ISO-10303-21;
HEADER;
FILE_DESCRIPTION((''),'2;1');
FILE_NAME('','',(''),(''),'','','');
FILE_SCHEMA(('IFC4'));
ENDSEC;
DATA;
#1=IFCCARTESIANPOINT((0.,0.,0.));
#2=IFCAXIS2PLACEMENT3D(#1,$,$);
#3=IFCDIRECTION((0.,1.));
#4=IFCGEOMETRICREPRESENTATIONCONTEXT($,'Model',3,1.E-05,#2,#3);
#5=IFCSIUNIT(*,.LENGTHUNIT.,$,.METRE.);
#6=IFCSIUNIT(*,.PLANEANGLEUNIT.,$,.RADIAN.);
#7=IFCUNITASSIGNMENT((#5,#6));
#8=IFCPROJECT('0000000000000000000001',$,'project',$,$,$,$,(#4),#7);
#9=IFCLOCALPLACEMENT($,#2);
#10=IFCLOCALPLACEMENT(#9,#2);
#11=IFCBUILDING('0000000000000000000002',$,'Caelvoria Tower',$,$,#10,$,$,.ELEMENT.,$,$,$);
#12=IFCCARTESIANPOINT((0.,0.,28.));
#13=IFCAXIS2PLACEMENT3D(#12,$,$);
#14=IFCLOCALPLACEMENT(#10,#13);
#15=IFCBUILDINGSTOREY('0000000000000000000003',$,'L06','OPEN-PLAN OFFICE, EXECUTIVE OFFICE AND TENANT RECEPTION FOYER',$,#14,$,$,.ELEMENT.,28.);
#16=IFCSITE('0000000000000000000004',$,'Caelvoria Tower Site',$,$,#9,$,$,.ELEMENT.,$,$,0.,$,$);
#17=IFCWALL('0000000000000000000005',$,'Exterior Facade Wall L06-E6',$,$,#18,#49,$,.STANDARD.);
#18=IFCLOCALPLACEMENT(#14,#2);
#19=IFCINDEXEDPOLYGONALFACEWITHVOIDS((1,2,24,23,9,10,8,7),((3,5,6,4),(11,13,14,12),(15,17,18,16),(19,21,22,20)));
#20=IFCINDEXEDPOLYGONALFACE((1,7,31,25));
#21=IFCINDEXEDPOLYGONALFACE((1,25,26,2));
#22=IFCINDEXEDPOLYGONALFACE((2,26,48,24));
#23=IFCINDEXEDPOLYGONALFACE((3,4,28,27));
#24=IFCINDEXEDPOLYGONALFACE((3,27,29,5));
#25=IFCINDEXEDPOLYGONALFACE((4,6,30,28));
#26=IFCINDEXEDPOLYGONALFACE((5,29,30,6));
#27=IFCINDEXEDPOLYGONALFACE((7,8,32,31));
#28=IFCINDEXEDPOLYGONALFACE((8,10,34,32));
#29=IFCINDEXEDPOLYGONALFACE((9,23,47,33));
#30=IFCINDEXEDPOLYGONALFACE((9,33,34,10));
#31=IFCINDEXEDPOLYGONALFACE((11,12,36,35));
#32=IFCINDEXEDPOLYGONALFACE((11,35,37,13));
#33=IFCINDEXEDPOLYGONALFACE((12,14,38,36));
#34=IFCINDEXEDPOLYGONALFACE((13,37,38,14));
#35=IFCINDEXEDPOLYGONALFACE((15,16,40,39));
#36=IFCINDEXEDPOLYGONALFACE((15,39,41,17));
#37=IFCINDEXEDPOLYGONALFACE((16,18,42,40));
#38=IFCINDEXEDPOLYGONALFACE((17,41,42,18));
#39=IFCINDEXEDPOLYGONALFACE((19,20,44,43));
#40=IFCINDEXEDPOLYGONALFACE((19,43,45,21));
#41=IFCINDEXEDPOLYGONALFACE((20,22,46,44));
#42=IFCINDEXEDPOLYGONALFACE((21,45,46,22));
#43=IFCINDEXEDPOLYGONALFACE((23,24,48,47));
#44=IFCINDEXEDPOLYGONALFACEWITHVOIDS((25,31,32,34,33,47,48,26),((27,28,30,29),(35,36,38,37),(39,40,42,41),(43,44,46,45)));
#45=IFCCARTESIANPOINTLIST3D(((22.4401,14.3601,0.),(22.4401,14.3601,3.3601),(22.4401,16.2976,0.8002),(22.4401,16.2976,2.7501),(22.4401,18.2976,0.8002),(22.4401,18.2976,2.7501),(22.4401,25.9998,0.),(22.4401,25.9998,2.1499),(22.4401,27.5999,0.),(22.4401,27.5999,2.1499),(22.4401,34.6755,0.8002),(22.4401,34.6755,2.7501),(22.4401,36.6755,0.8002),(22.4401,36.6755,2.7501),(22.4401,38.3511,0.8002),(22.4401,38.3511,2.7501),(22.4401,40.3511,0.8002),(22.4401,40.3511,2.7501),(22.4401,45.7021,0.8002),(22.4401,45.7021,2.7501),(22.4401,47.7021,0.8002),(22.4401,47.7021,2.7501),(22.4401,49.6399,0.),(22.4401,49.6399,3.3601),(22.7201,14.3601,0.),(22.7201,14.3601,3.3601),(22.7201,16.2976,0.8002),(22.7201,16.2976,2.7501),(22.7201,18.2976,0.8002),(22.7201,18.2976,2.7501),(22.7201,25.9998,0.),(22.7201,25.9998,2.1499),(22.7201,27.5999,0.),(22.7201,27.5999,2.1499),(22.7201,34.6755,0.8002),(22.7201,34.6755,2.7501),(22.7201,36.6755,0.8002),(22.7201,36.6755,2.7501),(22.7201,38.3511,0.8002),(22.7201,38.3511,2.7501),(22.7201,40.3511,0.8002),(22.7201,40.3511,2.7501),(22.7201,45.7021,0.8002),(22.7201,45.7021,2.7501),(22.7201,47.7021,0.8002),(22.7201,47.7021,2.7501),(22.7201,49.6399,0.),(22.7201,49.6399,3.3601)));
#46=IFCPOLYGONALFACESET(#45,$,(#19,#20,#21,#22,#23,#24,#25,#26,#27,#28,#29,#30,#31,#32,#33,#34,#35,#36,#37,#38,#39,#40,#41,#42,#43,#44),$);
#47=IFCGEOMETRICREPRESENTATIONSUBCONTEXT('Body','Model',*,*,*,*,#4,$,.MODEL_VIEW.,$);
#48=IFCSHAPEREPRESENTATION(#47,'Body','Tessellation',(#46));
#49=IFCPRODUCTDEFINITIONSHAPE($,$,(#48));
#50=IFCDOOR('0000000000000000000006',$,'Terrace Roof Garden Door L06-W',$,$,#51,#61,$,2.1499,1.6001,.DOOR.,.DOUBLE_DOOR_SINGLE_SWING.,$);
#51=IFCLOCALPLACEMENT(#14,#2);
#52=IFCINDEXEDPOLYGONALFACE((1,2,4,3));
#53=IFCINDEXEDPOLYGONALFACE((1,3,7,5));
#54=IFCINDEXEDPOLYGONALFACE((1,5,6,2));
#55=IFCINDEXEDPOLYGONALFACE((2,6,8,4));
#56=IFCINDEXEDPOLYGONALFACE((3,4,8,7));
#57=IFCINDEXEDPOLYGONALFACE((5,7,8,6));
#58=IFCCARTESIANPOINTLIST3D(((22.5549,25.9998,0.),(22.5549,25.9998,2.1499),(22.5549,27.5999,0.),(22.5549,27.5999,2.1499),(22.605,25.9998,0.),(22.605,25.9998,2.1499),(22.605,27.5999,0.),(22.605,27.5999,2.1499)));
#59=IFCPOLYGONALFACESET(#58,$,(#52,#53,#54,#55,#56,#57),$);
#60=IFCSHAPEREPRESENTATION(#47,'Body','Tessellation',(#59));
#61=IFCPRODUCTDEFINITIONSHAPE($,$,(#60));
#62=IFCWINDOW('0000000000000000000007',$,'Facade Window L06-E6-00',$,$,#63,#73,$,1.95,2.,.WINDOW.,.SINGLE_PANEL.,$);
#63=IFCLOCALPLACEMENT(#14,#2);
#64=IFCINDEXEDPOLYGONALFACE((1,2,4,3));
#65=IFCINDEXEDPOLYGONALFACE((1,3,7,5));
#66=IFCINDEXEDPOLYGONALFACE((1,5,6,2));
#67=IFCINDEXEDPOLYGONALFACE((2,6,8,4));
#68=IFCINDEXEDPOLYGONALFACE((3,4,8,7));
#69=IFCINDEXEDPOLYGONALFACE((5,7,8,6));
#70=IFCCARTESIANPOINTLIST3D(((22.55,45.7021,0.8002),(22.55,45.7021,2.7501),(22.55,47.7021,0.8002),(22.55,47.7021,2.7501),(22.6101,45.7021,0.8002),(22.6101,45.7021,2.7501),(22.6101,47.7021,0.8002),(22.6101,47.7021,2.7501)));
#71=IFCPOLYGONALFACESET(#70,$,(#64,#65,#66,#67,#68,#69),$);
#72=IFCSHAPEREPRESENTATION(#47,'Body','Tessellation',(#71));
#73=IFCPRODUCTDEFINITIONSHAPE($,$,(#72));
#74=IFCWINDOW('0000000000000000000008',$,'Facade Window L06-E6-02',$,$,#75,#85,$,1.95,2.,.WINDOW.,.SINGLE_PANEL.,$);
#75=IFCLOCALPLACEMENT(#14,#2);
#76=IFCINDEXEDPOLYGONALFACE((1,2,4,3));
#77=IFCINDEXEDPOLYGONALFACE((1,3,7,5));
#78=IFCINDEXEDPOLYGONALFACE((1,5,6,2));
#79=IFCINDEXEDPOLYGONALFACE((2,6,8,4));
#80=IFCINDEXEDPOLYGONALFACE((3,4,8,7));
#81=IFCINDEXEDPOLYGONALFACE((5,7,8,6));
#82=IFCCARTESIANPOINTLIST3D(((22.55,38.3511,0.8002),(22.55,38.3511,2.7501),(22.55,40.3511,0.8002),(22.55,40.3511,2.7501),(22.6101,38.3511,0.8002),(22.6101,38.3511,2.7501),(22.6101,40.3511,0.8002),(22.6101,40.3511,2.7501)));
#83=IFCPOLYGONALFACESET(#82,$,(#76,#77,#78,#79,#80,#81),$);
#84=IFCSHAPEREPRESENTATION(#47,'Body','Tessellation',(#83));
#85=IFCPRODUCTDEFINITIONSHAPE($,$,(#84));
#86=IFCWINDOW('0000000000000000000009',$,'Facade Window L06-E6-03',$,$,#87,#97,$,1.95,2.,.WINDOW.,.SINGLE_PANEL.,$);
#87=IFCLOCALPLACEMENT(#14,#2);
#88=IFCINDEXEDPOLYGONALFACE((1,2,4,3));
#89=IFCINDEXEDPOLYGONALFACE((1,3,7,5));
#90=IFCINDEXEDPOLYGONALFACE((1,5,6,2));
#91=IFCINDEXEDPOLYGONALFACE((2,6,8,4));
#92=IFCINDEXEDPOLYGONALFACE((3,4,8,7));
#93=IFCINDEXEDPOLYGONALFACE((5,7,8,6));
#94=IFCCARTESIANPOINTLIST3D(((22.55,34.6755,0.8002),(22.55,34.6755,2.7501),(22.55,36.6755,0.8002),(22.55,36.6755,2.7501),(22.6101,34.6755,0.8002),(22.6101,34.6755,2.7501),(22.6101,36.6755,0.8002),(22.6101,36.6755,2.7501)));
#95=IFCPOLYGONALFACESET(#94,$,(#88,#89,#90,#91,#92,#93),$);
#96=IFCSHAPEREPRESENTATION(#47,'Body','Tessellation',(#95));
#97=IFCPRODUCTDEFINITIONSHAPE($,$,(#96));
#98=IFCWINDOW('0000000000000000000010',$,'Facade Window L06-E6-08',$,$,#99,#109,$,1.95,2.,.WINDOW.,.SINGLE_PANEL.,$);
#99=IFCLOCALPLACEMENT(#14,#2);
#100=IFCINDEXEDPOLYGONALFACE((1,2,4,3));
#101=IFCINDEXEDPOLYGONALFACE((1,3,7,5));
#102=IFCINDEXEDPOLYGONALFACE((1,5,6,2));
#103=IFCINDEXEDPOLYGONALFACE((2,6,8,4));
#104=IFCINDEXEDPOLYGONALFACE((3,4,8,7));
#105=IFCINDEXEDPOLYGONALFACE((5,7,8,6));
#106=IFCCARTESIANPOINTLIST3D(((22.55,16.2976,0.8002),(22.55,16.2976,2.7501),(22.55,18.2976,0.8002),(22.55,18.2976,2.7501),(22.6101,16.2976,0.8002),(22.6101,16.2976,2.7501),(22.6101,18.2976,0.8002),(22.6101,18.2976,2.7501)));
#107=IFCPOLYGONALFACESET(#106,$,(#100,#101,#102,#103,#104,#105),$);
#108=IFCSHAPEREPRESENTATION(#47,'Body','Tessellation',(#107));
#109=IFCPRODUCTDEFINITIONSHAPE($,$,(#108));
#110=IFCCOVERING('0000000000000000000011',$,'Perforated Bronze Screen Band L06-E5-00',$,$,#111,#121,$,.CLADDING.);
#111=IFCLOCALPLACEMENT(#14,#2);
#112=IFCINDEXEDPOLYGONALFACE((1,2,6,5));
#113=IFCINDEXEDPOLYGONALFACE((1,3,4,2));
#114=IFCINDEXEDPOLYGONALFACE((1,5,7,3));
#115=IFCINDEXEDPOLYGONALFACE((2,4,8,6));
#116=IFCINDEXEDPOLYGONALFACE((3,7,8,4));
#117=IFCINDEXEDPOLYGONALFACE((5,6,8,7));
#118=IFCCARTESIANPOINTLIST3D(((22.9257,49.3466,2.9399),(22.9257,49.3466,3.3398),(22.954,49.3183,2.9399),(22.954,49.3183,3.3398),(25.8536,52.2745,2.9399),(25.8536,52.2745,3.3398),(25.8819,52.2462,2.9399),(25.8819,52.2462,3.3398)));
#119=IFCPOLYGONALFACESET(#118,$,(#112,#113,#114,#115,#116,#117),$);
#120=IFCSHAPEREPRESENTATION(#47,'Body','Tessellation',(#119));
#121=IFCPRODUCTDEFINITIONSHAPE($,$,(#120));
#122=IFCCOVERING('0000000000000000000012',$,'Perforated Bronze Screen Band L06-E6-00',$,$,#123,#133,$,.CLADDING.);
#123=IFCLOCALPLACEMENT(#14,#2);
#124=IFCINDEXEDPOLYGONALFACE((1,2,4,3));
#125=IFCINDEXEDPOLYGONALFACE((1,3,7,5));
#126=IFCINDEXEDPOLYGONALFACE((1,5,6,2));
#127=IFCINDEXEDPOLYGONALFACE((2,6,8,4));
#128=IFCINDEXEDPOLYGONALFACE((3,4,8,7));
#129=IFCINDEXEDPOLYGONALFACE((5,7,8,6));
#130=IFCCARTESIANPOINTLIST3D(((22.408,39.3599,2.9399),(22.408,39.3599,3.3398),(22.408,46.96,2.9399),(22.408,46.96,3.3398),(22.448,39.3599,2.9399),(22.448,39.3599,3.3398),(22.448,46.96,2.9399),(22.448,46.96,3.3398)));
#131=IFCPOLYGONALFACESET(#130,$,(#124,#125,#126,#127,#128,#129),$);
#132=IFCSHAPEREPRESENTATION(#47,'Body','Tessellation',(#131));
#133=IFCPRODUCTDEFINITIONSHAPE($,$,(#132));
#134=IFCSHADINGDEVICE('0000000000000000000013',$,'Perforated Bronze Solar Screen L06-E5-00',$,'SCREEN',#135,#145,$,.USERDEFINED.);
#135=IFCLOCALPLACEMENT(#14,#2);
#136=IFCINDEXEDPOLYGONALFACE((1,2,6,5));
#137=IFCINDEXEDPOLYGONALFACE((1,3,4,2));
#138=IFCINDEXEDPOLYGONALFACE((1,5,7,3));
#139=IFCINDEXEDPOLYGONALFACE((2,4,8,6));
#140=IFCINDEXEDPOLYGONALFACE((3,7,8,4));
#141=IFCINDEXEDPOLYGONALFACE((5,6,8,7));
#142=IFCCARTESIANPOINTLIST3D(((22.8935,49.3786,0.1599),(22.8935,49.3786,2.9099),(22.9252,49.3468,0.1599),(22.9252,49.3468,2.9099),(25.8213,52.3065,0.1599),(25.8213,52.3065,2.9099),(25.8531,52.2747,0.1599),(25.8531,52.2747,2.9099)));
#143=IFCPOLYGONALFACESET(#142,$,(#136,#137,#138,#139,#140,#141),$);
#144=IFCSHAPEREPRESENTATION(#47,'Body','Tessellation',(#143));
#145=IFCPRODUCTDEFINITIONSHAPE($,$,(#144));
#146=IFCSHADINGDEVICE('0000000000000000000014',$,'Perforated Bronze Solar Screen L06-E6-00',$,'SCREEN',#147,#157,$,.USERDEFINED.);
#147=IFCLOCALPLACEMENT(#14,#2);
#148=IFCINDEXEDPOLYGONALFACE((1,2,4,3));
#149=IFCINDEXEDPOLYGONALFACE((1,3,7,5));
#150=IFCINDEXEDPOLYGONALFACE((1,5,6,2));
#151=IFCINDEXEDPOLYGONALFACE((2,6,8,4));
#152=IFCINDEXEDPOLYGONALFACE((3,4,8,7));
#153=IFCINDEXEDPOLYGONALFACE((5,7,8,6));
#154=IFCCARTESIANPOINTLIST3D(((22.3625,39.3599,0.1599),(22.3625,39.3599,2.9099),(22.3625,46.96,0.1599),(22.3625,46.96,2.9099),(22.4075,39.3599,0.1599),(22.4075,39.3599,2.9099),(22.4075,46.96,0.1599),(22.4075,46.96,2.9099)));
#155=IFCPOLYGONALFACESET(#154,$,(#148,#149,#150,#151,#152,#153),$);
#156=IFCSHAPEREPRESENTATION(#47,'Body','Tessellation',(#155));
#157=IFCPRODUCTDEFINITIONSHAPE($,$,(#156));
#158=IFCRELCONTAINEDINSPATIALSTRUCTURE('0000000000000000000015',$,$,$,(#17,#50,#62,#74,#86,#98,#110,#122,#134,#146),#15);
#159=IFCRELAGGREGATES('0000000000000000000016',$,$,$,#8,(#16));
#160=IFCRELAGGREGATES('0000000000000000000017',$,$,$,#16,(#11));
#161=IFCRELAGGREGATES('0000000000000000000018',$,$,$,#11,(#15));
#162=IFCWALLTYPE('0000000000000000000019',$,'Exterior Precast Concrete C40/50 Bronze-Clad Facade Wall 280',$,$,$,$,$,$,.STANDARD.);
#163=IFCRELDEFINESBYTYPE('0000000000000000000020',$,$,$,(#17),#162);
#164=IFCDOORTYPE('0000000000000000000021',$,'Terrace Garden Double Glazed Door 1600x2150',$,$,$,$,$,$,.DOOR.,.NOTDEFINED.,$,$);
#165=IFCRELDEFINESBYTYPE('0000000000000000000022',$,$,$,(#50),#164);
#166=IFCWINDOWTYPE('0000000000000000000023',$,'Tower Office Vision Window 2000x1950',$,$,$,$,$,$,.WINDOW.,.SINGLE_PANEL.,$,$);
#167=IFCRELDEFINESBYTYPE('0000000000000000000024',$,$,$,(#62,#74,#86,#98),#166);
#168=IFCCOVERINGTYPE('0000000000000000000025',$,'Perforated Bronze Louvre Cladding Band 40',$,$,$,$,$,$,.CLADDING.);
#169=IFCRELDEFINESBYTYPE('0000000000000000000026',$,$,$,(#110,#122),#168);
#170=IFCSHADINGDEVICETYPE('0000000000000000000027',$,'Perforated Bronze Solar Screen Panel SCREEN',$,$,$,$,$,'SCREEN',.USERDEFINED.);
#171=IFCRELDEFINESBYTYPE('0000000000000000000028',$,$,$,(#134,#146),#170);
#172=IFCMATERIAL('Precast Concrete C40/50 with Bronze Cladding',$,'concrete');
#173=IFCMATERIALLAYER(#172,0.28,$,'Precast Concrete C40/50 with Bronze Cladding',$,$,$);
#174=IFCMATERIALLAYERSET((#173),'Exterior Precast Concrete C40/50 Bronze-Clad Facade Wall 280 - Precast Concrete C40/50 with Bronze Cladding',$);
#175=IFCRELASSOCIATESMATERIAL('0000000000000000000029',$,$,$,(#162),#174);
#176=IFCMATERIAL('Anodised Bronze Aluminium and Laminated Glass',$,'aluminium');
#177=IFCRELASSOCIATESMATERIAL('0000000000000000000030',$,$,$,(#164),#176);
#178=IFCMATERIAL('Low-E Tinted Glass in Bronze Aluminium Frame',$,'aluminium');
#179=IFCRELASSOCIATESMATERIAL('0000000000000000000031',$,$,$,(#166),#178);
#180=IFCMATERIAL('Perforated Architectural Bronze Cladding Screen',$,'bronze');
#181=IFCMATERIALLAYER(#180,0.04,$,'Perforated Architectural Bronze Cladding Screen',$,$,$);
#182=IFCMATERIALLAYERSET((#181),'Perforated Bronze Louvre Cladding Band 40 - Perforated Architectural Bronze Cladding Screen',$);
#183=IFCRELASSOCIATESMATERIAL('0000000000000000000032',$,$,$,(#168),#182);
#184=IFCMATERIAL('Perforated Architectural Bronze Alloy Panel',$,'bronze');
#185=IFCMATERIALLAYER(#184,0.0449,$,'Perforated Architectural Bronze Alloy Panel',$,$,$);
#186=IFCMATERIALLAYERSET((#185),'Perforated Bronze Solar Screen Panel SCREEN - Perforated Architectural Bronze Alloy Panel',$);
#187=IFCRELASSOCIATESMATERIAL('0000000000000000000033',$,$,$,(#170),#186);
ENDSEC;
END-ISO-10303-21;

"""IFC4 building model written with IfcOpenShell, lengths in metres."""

from ifc_helpers import new_model, si_unit, direction, frame, frame_2d, origin, origin_2d, place, context, subcontext, project, spatial, rectangle, extrude, material, layer, layer_set, type_object, element, fill, save


model = new_model("IFC4")

# Units and contexts
model_context = context("Model", 3, precision=1e-05, world=origin(), true_north=direction((0.0, 1.0)))
body_context = subcontext(model_context, "Body", "Model", "MODEL_VIEW")
ifc_project = project(units=[si_unit("LENGTHUNIT", "METRE"), si_unit("PLANEANGLEUNIT", "RADIAN")], contexts=[model_context])

# Site, building, storey
site_placement = place(None, origin())
site = spatial("IfcSite", under=ifc_project, at=site_placement, Name="Caelvoria Tower Site", CompositionType="ELEMENT", RefElevation=0.0)
building_placement = place(site_placement, origin())
building = spatial("IfcBuilding", under=site, at=building_placement, Name="Caelvoria Tower", CompositionType="ELEMENT")
storey_placement = place(building_placement, frame((0.0, 0.0, 28.0)))
storey = spatial("IfcBuildingStorey", under=building, at=storey_placement, Name="L06", Description="OPEN-PLAN OFFICE, EXECUTIVE OFFICE AND TENANT RECEPTION FOYER", CompositionType="ELEMENT", Elevation=28.0)

# Wall, openings, door, windows
ifc_material_1 = material(Name="Precast Concrete C40/50 with Bronze Cladding", Category="concrete")
ifc_layer_1 = layer(ifc_material_1, 0.28, Name="Precast Concrete C40/50 with Bronze Cladding")
ifc_layer_set_1 = layer_set([ifc_layer_1], Name="Exterior Precast Concrete C40/50 Bronze-Clad Facade Wall 280 - Precast Concrete C40/50 with Bronze Cladding")
wall_type = type_object("IfcWallType", Name="Exterior Precast Concrete C40/50 Bronze-Clad Facade Wall 280", PredefinedType="STANDARD", material=ifc_layer_set_1)
wall_placement = place(storey_placement, frame((22.5801, 49.6399, 0.0), z_axis=(0.0, 0.0, 1.0), x_axis=(0.0, -1.0, 0.0)))
wall = element("IfcWall", 1, at=wall_placement, inside=storey, type_object=wall_type, Name="Exterior Facade Wall L06-E6", PredefinedType="STANDARD", context=body_context, shape_type="SweptSolid", body=[
    extrude(rectangle(XDim=35.2798, YDim=0.28, at=frame_2d((17.6399, 0.0))), origin(), (0.0, 0.0, 1.0), 3.3601),
])
opening_1_placement = place(wall_placement, frame((22.04, 0.0, 0.0)))
opening_1 = element("IfcOpeningElement", 2, at=opening_1_placement, cuts=wall, PredefinedType="OPENING", context=body_context, shape_type="SweptSolid", body=[
    extrude(rectangle(XDim=1.6001, YDim=2.1499, at=frame_2d((0.8, 1.075))), frame((0.0, 0.1499, 0.0), z_axis=(0.0, -1.0, 0.0), x_axis=(1.0, 0.0, 0.0)), (0.0, 0.0, 1.0), 0.3),
])
opening_2_placement = place(wall_placement, frame((1.9377, 0.0, 0.8)))
opening_2 = element("IfcOpeningElement", 3, at=opening_2_placement, cuts=wall, PredefinedType="OPENING", context=body_context, shape_type="SweptSolid", body=[
    extrude(rectangle(XDim=2.0, YDim=1.95, at=frame_2d((1.0, 0.9751))), frame((0.0, 0.1499, 0.0), z_axis=(0.0, -1.0, 0.0), x_axis=(1.0, 0.0, 0.0)), (0.0, 0.0, 1.0), 0.3),
])
opening_3_placement = place(wall_placement, frame((9.2888, 0.0, 0.8)))
opening_3 = element("IfcOpeningElement", 4, at=opening_3_placement, cuts=wall, PredefinedType="OPENING", context=body_context, shape_type="SweptSolid", body=[
    extrude(rectangle(XDim=2.0, YDim=1.95, at=frame_2d((1.0, 0.9751))), frame((0.0, 0.1499, 0.0), z_axis=(0.0, -1.0, 0.0), x_axis=(1.0, 0.0, 0.0)), (0.0, 0.0, 1.0), 0.3),
])
opening_4_placement = place(wall_placement, frame((12.9644, 0.0, 0.8)))
opening_4 = element("IfcOpeningElement", 5, at=opening_4_placement, cuts=wall, PredefinedType="OPENING", context=body_context, shape_type="SweptSolid", body=[
    extrude(rectangle(XDim=2.0, YDim=1.95, at=frame_2d((1.0, 0.9751))), frame((0.0, 0.1499, 0.0), z_axis=(0.0, -1.0, 0.0), x_axis=(1.0, 0.0, 0.0)), (0.0, 0.0, 1.0), 0.3),
])
opening_5_placement = place(wall_placement, frame((31.3423, 0.0, 0.8)))
opening_5 = element("IfcOpeningElement", 6, at=opening_5_placement, cuts=wall, PredefinedType="OPENING", context=body_context, shape_type="SweptSolid", body=[
    extrude(rectangle(XDim=2.0, YDim=1.95, at=frame_2d((1.0, 0.9751))), frame((0.0, 0.1499, 0.0), z_axis=(0.0, -1.0, 0.0), x_axis=(1.0, 0.0, 0.0)), (0.0, 0.0, 1.0), 0.3),
])
ifc_material_2 = material(Name="Anodised Bronze Aluminium and Laminated Glass", Category="aluminium")
door_type = type_object("IfcDoorType", Name="Terrace Garden Double Glazed Door 1600x2150", OperationType="NOTDEFINED", PredefinedType="DOOR", material=ifc_material_2)
door_placement = place(opening_1_placement, origin())
door = element("IfcDoor", 7, at=door_placement, inside=storey, type_object=door_type, Name="Terrace Roof Garden Door L06-W", OperationType="DOUBLE_DOOR_SINGLE_SWING", OverallHeight=2.1499, OverallWidth=1.6001, PredefinedType="DOOR", context=body_context, shape_type="SweptSolid", body=[
    extrude(rectangle(XDim=1.6001, YDim=2.1499, at=frame_2d((0.8, 1.075))), frame((0.0, 0.0249, 0.0), z_axis=(0.0, -1.0, 0.0), x_axis=(1.0, 0.0, 0.0)), (0.0, 0.0, 1.0), 0.05),
])
fill(opening_1, door)
ifc_material_3 = material(Name="Low-E Tinted Glass in Bronze Aluminium Frame", Category="aluminium")
window_type = type_object("IfcWindowType", Name="Tower Office Vision Window 2000x1950", PartitioningType="SINGLE_PANEL", PredefinedType="WINDOW", material=ifc_material_3)
window_1_placement = place(opening_2_placement, origin())
window_1 = element("IfcWindow", 8, at=window_1_placement, inside=storey, type_object=window_type, Name="Facade Window L06-E6-00", OverallHeight=1.95, OverallWidth=2.0, PartitioningType="SINGLE_PANEL", PredefinedType="WINDOW", context=body_context, shape_type="SweptSolid", body=[
    extrude(rectangle(XDim=2.0, YDim=1.95, at=frame_2d((1.0, 0.9751))), frame((0.0, 0.03, 0.0), z_axis=(0.0, -1.0, 0.0), x_axis=(1.0, 0.0, 0.0)), (0.0, 0.0, 1.0), 0.0601),
])
fill(opening_2, window_1)
window_2_placement = place(opening_3_placement, origin())
window_2 = element("IfcWindow", 9, at=window_2_placement, inside=storey, type_object=window_type, Name="Facade Window L06-E6-02", OverallHeight=1.95, OverallWidth=2.0, PartitioningType="SINGLE_PANEL", PredefinedType="WINDOW", context=body_context, shape_type="SweptSolid", body=[
    extrude(rectangle(XDim=2.0, YDim=1.95, at=frame_2d((1.0, 0.9751))), frame((0.0, 0.03, 0.0), z_axis=(0.0, -1.0, 0.0), x_axis=(1.0, 0.0, 0.0)), (0.0, 0.0, 1.0), 0.0601),
])
fill(opening_3, window_2)
window_3_placement = place(opening_4_placement, origin())
window_3 = element("IfcWindow", 10, at=window_3_placement, inside=storey, type_object=window_type, Name="Facade Window L06-E6-03", OverallHeight=1.95, OverallWidth=2.0, PartitioningType="SINGLE_PANEL", PredefinedType="WINDOW", context=body_context, shape_type="SweptSolid", body=[
    extrude(rectangle(XDim=2.0, YDim=1.95, at=frame_2d((1.0, 0.9751))), frame((0.0, 0.03, 0.0), z_axis=(0.0, -1.0, 0.0), x_axis=(1.0, 0.0, 0.0)), (0.0, 0.0, 1.0), 0.0601),
])
fill(opening_4, window_3)
window_4_placement = place(opening_5_placement, origin())
window_4 = element("IfcWindow", 11, at=window_4_placement, inside=storey, type_object=window_type, Name="Facade Window L06-E6-08", OverallHeight=1.95, OverallWidth=2.0, PartitioningType="SINGLE_PANEL", PredefinedType="WINDOW", context=body_context, shape_type="SweptSolid", body=[
    extrude(rectangle(XDim=2.0, YDim=1.95, at=frame_2d((1.0, 0.9751))), frame((0.0, 0.03, 0.0), z_axis=(0.0, -1.0, 0.0), x_axis=(1.0, 0.0, 0.0)), (0.0, 0.0, 1.0), 0.0601),
])
fill(opening_5, window_4)

# Coverings
ifc_material_4 = material(Name="Perforated Architectural Bronze Cladding Screen", Category="bronze")
ifc_layer_2 = layer(ifc_material_4, 0.04, Name="Perforated Architectural Bronze Cladding Screen")
ifc_layer_set_2 = layer_set([ifc_layer_2], Name="Perforated Bronze Louvre Cladding Band 40 - Perforated Architectural Bronze Cladding Screen")
covering_type = type_object("IfcCoveringType", Name="Perforated Bronze Louvre Cladding Band 40", PredefinedType="CLADDING", material=ifc_layer_set_2)
covering_1_placement = place(storey_placement, frame((24.4038, 50.7964, 2.9399), z_axis=(0.0, 0.0, 1.0), x_axis=(-0.707107, -0.707107, 0.0)))
element("IfcCovering", 12, at=covering_1_placement, inside=storey, type_object=covering_type, Name="Perforated Bronze Screen Band L06-E5-00", PredefinedType="CLADDING", context=body_context, shape_type="SweptSolid", body=[
    extrude(rectangle(XDim=4.1406, YDim=0.04, at=origin_2d()), origin(), (0.0, 0.0, 1.0), 0.3999),
])
covering_2_placement = place(storey_placement, frame((22.428, 43.1599, 2.9399), z_axis=(0.0, 0.0, 1.0), x_axis=(0.0, -1.0, 0.0)))
element("IfcCovering", 13, at=covering_2_placement, inside=storey, type_object=covering_type, Name="Perforated Bronze Screen Band L06-E6-00", PredefinedType="CLADDING", context=body_context, shape_type="SweptSolid", body=[
    extrude(rectangle(XDim=7.6001, YDim=0.04, at=origin_2d()), origin(), (0.0, 0.0, 1.0), 0.3999),
])

# Shading devices
ifc_material_5 = material(Name="Perforated Architectural Bronze Alloy Panel", Category="bronze")
ifc_layer_3 = layer(ifc_material_5, 0.0449, Name="Perforated Architectural Bronze Alloy Panel")
ifc_layer_set_3 = layer_set([ifc_layer_3], Name="Perforated Bronze Solar Screen Panel SCREEN - Perforated Architectural Bronze Alloy Panel")
shading_device_type = type_object("IfcShadingDeviceType", Name="Perforated Bronze Solar Screen Panel SCREEN", ElementType="SCREEN", PredefinedType="USERDEFINED", material=ifc_layer_set_3)
shading_device_1_placement = place(storey_placement, frame((24.3733, 50.8267, 0.1599), z_axis=(0.0, 0.0, 1.0), x_axis=(-0.707107, -0.707107, 0.0)))
element("IfcShadingDevice", 14, at=shading_device_1_placement, inside=storey, type_object=shading_device_type, Name="Perforated Bronze Solar Screen L06-E5-00", ObjectType="SCREEN", PredefinedType="USERDEFINED", context=body_context, shape_type="SweptSolid", body=[
    extrude(rectangle(XDim=4.1406, YDim=0.0449, at=origin_2d()), origin(), (0.0, 0.0, 1.0), 2.75),
])
shading_device_2_placement = place(storey_placement, frame((22.385, 43.1599, 0.1599), z_axis=(0.0, 0.0, 1.0), x_axis=(0.0, -1.0, 0.0)))
element("IfcShadingDevice", 15, at=shading_device_2_placement, inside=storey, type_object=shading_device_type, Name="Perforated Bronze Solar Screen L06-E6-00", ObjectType="SCREEN", PredefinedType="USERDEFINED", context=body_context, shape_type="SweptSolid", body=[
    extrude(rectangle(XDim=7.6001, YDim=0.0449, at=origin_2d()), origin(), (0.0, 0.0, 1.0), 2.75),
])

save(model, "model.ifc")
